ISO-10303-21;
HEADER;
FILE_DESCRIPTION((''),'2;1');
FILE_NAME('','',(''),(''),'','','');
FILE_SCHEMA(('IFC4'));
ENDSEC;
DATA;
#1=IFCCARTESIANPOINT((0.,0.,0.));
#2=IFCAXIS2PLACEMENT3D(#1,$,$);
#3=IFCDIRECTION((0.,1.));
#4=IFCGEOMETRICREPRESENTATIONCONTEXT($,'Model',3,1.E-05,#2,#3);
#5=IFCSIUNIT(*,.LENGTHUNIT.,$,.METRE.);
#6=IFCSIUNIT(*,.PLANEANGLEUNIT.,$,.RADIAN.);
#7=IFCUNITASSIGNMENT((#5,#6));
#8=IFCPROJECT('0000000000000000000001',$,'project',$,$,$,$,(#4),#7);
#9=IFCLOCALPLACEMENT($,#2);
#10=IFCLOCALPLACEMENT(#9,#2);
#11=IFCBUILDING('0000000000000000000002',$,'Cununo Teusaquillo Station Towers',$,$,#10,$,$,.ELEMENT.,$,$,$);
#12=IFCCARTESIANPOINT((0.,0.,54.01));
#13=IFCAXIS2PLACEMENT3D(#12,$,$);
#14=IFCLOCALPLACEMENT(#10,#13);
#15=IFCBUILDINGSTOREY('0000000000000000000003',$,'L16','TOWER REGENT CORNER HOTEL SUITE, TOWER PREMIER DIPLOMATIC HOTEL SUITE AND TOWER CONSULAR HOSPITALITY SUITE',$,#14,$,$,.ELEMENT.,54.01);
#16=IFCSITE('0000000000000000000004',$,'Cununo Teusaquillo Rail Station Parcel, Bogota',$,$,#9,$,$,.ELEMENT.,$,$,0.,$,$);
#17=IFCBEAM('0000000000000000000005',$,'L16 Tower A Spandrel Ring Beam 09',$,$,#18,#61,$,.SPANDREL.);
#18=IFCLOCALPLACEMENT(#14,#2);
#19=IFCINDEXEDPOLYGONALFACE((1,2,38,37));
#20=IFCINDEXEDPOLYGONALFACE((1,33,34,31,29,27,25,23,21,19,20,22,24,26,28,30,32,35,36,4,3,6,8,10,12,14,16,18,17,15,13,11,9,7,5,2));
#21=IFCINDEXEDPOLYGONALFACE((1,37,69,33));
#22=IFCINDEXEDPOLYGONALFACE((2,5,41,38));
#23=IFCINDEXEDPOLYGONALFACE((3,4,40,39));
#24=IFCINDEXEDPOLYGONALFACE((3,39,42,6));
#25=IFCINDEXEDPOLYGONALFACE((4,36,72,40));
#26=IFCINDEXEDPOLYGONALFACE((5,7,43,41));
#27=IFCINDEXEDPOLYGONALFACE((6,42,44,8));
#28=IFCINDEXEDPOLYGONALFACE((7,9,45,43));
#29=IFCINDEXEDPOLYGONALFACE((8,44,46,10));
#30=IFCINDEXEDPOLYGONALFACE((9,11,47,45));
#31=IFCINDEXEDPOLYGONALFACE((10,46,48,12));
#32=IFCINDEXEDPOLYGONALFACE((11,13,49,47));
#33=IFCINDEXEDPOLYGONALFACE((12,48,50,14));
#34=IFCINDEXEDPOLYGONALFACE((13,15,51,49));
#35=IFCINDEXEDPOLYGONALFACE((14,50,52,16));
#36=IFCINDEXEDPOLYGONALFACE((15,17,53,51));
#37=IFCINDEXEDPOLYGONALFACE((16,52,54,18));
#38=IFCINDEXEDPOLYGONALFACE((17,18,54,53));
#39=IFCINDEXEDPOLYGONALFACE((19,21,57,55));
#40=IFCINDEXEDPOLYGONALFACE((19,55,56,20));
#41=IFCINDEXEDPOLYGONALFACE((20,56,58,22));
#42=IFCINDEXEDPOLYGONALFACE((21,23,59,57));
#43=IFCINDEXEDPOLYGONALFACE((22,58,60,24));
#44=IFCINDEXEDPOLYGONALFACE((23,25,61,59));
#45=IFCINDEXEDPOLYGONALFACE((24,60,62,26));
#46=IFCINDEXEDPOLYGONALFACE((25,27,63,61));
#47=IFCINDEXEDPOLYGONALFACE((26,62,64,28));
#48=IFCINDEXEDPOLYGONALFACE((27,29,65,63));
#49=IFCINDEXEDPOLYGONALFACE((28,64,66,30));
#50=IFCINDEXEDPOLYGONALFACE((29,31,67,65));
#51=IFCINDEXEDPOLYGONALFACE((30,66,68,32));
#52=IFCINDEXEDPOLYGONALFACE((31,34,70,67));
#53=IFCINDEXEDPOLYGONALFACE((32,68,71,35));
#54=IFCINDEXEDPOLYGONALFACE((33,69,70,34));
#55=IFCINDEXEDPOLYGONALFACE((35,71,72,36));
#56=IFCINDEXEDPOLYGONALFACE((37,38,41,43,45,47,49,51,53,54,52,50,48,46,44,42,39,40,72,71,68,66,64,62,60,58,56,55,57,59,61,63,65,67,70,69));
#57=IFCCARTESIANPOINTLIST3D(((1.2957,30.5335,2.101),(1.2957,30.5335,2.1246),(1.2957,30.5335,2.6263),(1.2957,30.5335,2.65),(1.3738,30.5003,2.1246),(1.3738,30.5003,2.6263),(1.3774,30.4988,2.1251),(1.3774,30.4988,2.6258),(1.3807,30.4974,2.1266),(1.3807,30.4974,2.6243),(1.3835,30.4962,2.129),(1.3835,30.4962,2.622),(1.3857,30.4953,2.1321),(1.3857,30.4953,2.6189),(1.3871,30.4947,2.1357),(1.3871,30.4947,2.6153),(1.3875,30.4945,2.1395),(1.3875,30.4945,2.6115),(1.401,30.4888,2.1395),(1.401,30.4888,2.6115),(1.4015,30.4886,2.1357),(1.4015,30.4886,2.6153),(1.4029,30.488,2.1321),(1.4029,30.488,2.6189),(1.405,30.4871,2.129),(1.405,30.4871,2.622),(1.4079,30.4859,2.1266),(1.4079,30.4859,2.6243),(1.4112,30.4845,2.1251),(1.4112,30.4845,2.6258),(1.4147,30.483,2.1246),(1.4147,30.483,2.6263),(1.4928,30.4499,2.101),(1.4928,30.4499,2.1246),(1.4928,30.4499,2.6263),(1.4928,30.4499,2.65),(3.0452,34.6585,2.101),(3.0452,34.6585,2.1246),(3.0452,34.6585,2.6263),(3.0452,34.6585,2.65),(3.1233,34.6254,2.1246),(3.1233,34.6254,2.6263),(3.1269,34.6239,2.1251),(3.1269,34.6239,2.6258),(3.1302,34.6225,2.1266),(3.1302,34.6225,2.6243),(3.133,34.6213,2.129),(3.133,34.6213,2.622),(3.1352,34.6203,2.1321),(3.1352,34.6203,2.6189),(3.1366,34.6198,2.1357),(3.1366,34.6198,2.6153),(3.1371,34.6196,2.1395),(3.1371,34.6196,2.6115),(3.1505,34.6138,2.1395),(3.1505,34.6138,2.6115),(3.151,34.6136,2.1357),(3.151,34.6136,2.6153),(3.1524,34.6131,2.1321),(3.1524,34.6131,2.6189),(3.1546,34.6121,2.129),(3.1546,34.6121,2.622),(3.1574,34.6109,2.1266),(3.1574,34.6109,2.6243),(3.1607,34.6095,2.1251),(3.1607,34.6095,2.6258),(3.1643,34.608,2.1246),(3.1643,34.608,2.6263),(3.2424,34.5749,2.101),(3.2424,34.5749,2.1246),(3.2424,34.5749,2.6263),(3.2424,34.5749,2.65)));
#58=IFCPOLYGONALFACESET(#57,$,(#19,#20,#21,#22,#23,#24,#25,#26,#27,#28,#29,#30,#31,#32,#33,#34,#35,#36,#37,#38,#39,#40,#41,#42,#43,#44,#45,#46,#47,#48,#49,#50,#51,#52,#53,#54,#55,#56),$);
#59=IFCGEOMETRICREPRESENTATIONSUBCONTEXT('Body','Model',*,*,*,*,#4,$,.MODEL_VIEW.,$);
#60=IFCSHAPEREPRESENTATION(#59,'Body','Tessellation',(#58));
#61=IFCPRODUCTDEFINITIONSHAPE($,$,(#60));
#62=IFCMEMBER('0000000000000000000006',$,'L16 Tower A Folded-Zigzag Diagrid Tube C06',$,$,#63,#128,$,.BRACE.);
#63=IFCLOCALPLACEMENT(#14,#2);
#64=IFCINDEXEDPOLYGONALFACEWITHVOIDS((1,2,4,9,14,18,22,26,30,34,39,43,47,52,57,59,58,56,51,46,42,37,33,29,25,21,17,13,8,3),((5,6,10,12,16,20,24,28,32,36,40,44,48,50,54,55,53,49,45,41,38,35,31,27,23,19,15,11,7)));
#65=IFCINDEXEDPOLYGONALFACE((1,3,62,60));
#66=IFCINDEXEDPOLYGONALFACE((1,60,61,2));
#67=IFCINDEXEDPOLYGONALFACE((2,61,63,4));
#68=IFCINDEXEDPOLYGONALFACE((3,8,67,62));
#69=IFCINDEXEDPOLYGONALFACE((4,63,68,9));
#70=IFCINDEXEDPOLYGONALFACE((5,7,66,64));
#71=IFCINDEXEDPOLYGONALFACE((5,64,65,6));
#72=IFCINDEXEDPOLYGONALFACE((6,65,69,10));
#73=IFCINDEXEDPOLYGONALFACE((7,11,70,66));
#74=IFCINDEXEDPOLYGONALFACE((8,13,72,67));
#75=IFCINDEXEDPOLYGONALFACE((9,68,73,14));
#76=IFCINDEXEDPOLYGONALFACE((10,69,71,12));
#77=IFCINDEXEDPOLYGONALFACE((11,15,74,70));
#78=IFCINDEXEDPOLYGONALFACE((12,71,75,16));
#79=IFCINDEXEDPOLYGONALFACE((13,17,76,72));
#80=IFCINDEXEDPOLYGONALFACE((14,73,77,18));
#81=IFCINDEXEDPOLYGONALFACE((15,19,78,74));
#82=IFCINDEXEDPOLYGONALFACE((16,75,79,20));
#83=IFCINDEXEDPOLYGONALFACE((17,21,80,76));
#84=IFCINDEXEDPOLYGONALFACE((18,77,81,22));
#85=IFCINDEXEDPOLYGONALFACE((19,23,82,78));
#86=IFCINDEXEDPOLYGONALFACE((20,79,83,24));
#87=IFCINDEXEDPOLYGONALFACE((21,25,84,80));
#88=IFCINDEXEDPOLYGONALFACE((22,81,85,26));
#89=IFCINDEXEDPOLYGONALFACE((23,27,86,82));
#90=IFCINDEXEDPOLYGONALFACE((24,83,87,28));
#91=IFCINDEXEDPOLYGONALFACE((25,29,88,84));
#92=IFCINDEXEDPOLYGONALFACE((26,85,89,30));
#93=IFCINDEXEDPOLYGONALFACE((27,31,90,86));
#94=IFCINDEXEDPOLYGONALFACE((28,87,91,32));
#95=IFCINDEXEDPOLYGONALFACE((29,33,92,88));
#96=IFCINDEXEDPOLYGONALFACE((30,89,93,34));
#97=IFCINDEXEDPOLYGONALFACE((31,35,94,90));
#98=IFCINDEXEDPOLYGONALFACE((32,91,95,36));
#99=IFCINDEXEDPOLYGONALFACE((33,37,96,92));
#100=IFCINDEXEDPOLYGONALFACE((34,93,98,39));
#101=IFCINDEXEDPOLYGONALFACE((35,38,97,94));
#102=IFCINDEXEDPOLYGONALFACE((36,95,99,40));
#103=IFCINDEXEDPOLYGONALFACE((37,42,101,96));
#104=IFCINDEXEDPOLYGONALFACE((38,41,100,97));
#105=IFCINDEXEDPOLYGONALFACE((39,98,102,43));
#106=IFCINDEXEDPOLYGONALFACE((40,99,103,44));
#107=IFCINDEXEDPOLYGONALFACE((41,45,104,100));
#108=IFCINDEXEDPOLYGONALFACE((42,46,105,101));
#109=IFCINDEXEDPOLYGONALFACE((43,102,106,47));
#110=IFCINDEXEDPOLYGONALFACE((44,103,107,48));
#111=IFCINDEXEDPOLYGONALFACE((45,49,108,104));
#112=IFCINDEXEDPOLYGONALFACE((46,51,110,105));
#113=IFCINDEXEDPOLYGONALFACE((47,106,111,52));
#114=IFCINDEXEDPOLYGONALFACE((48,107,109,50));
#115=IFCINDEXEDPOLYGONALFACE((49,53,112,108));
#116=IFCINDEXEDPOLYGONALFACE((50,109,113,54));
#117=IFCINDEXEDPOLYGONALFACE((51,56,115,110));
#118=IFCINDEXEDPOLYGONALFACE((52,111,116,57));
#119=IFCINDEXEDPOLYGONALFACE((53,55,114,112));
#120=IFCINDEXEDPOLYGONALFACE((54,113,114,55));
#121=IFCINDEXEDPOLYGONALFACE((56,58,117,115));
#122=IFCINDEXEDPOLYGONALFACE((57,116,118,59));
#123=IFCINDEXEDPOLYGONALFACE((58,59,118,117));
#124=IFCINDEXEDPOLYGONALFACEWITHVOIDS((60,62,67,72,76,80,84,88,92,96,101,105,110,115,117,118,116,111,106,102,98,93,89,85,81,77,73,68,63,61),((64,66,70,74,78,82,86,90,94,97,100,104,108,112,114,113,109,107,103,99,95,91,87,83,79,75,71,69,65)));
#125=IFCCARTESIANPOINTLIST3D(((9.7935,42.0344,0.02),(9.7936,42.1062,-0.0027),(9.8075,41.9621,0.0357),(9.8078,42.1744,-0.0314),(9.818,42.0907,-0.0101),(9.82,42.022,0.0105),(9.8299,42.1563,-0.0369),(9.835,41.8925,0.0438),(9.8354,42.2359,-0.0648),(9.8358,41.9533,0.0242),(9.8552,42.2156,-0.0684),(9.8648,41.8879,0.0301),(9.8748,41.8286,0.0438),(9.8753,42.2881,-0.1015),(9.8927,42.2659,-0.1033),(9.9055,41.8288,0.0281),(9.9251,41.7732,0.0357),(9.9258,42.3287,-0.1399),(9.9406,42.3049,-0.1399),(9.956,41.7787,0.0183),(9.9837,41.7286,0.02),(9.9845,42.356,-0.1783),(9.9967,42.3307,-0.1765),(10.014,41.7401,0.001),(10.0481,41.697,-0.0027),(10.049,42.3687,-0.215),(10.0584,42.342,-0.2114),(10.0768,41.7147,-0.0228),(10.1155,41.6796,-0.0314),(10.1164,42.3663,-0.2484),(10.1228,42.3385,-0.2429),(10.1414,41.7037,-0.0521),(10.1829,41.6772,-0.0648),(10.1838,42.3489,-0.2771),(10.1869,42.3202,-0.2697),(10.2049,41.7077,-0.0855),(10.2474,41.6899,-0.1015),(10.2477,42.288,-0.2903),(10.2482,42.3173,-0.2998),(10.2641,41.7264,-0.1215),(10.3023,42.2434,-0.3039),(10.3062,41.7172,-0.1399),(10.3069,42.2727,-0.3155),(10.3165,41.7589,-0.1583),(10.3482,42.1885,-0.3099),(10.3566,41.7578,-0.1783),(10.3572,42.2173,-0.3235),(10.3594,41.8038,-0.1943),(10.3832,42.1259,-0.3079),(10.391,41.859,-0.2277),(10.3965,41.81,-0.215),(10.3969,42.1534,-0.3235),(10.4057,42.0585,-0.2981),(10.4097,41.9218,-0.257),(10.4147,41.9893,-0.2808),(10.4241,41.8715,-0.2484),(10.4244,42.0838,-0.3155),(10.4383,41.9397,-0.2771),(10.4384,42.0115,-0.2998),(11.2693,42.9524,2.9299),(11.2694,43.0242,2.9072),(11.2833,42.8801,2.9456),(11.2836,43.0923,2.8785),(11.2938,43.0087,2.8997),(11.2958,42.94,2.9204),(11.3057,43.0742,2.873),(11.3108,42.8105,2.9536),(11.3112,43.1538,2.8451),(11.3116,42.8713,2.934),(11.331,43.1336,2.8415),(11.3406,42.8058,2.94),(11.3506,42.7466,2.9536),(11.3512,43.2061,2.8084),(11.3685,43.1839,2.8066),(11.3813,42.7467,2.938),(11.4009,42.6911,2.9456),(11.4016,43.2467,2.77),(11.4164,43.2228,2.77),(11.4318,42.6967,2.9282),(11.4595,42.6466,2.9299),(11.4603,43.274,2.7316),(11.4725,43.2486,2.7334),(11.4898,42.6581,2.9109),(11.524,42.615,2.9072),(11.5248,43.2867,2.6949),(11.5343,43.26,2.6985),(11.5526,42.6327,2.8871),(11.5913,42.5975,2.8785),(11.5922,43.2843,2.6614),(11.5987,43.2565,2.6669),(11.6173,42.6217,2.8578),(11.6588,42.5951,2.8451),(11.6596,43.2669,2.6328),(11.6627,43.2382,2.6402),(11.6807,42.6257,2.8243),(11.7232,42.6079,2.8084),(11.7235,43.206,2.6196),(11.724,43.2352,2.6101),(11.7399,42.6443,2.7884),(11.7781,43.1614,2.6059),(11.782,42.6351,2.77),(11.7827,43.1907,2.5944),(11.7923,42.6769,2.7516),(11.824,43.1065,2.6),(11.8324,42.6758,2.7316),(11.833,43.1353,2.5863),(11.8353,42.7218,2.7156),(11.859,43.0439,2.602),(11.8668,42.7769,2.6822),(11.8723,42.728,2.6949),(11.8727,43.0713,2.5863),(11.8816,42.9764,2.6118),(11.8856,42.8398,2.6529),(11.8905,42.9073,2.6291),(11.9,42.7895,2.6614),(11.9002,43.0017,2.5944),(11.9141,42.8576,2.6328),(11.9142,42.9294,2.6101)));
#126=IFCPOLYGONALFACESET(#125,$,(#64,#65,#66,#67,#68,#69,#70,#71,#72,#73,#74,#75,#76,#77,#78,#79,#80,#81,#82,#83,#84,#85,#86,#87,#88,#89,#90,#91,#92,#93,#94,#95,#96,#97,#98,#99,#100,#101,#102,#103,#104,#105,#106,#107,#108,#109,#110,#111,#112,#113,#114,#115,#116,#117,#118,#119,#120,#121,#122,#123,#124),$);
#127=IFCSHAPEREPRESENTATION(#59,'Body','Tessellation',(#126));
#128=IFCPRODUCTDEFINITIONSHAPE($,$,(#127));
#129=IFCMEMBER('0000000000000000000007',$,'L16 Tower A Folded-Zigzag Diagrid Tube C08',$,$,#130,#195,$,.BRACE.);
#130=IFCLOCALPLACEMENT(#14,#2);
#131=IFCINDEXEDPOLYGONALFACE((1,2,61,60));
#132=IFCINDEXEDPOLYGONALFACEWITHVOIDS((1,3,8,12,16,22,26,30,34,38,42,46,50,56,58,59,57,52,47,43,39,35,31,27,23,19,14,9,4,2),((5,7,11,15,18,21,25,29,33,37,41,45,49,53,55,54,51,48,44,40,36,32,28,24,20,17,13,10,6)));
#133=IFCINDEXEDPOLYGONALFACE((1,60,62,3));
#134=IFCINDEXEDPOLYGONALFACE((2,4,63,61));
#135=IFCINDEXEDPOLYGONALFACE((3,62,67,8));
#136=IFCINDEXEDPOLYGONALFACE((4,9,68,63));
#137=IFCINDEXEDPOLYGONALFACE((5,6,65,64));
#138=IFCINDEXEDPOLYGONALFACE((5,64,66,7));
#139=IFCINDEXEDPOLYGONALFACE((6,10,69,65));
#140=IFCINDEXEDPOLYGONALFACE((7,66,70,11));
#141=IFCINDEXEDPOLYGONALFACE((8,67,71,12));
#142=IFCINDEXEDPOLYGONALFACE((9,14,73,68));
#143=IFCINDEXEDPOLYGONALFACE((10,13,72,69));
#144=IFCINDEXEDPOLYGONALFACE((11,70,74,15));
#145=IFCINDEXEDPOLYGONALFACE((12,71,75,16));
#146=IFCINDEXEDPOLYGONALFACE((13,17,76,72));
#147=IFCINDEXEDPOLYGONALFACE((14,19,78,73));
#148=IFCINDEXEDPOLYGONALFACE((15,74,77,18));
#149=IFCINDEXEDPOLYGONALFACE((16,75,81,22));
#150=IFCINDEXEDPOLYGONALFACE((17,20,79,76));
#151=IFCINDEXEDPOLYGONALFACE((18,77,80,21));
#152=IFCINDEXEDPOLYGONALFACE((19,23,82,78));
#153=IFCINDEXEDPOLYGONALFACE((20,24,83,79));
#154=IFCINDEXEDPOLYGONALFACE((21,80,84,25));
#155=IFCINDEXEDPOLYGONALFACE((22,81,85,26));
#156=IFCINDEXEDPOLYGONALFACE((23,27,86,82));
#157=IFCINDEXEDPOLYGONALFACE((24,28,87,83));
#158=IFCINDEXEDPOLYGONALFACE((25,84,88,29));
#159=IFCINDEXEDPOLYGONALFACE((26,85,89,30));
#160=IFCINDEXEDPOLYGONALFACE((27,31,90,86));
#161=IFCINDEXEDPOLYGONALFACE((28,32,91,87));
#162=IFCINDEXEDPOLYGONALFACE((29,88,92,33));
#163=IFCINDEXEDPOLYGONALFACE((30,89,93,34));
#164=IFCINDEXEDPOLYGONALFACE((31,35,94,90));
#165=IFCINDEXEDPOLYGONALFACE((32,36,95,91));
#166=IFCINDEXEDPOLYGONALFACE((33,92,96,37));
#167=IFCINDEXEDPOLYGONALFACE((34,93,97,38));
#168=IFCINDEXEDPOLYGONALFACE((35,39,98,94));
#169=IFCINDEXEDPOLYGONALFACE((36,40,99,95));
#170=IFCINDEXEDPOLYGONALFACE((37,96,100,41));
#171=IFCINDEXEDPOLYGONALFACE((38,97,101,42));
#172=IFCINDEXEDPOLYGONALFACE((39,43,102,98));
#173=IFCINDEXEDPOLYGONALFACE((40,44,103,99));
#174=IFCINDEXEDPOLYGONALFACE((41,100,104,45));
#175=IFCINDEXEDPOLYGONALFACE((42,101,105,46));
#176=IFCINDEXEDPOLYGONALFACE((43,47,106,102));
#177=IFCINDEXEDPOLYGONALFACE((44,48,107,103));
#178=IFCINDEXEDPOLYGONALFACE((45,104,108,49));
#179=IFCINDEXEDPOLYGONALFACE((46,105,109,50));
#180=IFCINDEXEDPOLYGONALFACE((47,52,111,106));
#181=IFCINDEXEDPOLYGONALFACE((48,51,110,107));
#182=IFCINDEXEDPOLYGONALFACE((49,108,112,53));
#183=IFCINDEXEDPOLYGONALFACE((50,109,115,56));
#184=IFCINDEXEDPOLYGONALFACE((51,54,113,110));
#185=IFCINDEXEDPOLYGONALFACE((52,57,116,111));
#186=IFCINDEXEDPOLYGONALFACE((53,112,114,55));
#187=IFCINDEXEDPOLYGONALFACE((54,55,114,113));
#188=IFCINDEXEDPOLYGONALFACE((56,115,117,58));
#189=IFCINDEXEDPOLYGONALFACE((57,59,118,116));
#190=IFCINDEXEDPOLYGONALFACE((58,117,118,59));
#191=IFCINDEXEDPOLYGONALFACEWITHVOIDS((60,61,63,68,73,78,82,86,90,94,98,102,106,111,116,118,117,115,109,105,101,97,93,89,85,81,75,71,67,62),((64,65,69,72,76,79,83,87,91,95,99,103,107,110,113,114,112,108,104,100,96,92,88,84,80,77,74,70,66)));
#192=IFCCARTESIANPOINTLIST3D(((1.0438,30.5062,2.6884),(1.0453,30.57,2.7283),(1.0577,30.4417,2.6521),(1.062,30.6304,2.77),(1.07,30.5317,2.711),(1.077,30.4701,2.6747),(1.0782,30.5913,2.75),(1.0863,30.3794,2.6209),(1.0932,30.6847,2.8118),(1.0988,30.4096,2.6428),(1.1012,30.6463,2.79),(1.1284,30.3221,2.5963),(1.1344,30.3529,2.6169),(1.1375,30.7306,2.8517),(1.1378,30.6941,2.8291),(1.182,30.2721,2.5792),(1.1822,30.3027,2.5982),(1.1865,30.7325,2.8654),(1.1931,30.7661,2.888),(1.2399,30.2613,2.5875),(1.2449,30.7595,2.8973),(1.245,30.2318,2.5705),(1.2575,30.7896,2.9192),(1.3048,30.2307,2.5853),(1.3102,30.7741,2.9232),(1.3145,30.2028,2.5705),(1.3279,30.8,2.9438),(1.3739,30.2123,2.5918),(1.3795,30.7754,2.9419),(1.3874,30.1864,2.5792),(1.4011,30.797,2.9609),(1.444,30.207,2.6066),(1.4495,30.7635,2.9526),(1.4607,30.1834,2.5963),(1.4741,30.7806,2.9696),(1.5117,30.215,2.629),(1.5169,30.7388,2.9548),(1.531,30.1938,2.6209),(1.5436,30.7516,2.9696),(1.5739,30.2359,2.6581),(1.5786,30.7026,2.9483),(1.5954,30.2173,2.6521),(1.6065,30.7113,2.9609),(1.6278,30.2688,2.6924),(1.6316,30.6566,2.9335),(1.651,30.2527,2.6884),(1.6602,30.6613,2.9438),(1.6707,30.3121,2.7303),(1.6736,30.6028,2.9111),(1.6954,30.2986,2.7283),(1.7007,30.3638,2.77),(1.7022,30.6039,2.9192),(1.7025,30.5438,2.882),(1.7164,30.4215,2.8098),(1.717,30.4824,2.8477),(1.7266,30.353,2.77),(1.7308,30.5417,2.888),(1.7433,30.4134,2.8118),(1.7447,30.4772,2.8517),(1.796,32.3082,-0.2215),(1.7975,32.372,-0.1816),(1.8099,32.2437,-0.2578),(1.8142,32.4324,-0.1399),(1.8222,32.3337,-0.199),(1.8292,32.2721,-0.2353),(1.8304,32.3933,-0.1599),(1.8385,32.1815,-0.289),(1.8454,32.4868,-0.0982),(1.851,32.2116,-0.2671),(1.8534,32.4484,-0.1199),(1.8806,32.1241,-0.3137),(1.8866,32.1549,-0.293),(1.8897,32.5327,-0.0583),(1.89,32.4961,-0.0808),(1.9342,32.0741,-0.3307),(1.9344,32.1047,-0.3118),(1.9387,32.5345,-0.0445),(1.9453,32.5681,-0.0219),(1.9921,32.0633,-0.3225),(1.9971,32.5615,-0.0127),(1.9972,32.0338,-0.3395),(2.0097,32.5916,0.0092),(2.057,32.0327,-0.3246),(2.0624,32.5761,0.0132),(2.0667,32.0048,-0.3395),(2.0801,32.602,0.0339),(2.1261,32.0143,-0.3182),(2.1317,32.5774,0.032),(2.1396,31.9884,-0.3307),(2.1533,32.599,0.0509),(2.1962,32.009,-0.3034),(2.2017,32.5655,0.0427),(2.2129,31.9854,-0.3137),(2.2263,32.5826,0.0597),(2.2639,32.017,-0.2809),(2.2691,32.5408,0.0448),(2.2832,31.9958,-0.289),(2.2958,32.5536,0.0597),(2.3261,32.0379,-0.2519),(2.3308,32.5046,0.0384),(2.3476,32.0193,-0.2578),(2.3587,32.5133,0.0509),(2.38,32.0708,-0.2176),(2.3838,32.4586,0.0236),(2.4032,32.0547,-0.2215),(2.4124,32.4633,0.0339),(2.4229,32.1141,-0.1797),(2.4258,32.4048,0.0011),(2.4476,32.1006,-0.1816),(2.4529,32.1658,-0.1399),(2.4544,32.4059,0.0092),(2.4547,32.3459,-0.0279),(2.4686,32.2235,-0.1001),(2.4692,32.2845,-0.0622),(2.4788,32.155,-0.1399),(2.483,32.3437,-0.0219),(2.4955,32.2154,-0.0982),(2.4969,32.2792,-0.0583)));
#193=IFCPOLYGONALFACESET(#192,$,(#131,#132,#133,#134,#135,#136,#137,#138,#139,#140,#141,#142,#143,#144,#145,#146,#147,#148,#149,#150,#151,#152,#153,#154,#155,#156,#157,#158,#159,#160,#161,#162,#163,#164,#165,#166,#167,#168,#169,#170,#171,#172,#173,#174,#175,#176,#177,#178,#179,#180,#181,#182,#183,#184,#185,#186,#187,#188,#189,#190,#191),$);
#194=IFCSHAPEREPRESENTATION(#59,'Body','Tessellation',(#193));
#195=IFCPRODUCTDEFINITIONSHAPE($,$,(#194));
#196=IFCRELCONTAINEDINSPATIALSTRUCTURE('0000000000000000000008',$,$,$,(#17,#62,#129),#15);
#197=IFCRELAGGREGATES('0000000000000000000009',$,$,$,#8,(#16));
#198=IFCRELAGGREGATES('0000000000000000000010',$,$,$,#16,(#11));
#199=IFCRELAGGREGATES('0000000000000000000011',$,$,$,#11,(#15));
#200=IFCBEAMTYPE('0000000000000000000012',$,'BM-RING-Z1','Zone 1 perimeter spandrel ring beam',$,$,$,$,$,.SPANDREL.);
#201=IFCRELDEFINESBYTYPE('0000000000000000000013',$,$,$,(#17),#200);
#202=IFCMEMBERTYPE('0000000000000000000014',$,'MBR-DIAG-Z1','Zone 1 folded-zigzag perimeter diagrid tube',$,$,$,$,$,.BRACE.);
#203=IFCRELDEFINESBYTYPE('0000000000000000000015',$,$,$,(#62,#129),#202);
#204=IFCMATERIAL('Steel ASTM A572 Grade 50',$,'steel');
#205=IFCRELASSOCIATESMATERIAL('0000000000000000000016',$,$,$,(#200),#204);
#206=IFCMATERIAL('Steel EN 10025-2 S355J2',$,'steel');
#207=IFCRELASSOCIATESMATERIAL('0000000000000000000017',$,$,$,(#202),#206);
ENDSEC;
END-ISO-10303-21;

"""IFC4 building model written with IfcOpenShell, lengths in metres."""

from ifc_helpers import new_model, si_unit, direction, frame, origin, origin_2d, place, context, subcontext, project, spatial, hollow_circle, i_section, extrude, material, material_profile, profile_set, type_object, element, save


model = new_model("IFC4")

# Units and contexts
model_context = context("Model", 3, precision=1e-05, world=origin(), true_north=direction((0.0, 1.0)))
body_context = subcontext(model_context, "Body", "Model", "MODEL_VIEW")
ifc_project = project(units=[si_unit("LENGTHUNIT", "METRE"), si_unit("PLANEANGLEUNIT", "RADIAN")], contexts=[model_context])

# Site, building, storey
site_placement = place(None, origin())
site = spatial("IfcSite", under=ifc_project, at=site_placement, Name="Cununo Teusaquillo Rail Station Parcel, Bogota", CompositionType="ELEMENT", RefElevation=0.0)
building_placement = place(site_placement, origin())
building = spatial("IfcBuilding", under=site, at=building_placement, Name="Cununo Teusaquillo Station Towers", CompositionType="ELEMENT")
storey_placement = place(building_placement, frame((0.0, 0.0, 54.01)))
storey = spatial("IfcBuildingStorey", under=building, at=storey_placement, Name="L16", Description="TOWER REGENT CORNER HOTEL SUITE, TOWER PREMIER DIPLOMATIC HOTEL SUITE AND TOWER CONSULAR HOSPITALITY SUITE", CompositionType="ELEMENT", Elevation=54.01)

# Beam
ifc_material_1 = material(Name="Steel ASTM A572 Grade 50", Category="steel")
ifc_material_profile_1 = material_profile(ifc_material_1, i_section(OverallWidth=0.2141, OverallDepth=0.5491, WebThickness=0.0146, FlangeThickness=0.0237, FilletRadius=0.0149, at=origin_2d()), Name="W21X93")
ifc_profile_set_1 = profile_set([ifc_material_profile_1], Name="Steel ASTM A572 Grade 50")
beam_type = type_object("IfcBeamType", Name="BM-RING-Z1", Description="Zone 1 perimeter spandrel ring beam", PredefinedType="SPANDREL", material=ifc_profile_set_1)
beam_1_placement = place(storey_placement, frame((3.1438, 34.6167, 2.3755), z_axis=(-0.390457, -0.920621, 0.0), x_axis=(0.920621, -0.390457, 0.0)))
element("IfcBeam", 1, at=beam_1_placement, inside=storey, type_object=beam_type, Name="L16 Tower A Spandrel Ring Beam 09", PredefinedType="SPANDREL", context=body_context, shape_type="SweptSolid", body=[
    extrude(i_section(OverallWidth=0.2141, OverallDepth=0.5491, WebThickness=0.0146, FlangeThickness=0.0237, FilletRadius=0.0149, at=origin_2d()), origin(), (0.0, 0.0, 1.0), 4.4807),
])

# Members
ifc_material_2 = material(Name="Steel EN 10025-2 S355J2", Category="steel")
ifc_material_profile_2 = material_profile(ifc_material_2, hollow_circle(Radius=0.3601, WallThickness=0.0281, at=origin_2d()), Name="CHS 720x28")
ifc_profile_set_2 = profile_set([ifc_material_profile_2], Name="Steel EN 10025-2 S355J2")
member_type = type_object("IfcMemberType", Name="MBR-DIAG-Z1", Description="Zone 1 folded-zigzag perimeter diagrid tube", PredefinedType="BRACE", material=ifc_profile_set_2)
member_1_placement = place(storey_placement, frame((10.116, 42.0229, -0.1399), z_axis=(0.43542, 0.270832, 0.858522), x_axis=(-0.528167, 0.849141, 0.0)))
element("IfcMember", 2, at=member_1_placement, inside=storey, type_object=member_type, Name="L16 Tower A Folded-Zigzag Diagrid Tube C06", PredefinedType="BRACE", context=body_context, shape_type="SweptSolid", body=[
    extrude(hollow_circle(Radius=0.3601, WallThickness=0.0281, at=origin_2d()), origin(), (0.0, 0.0, 1.0), 3.3894),
])
member_2_placement = place(storey_placement, frame((2.1465, 32.2937, -0.1399), z_axis=(-0.214646, -0.514216, 0.830367), x_axis=(0.922829, -0.38521, 0.0)))
element("IfcMember", 3, at=member_2_placement, inside=storey, type_object=member_type, Name="L16 Tower A Folded-Zigzag Diagrid Tube C08", PredefinedType="BRACE", context=body_context, shape_type="SweptSolid", body=[
    extrude(hollow_circle(Radius=0.3601, WallThickness=0.0281, at=origin_2d()), origin(), (0.0, 0.0, 1.0), 3.5044),
])

save(model, "model.ifc")
